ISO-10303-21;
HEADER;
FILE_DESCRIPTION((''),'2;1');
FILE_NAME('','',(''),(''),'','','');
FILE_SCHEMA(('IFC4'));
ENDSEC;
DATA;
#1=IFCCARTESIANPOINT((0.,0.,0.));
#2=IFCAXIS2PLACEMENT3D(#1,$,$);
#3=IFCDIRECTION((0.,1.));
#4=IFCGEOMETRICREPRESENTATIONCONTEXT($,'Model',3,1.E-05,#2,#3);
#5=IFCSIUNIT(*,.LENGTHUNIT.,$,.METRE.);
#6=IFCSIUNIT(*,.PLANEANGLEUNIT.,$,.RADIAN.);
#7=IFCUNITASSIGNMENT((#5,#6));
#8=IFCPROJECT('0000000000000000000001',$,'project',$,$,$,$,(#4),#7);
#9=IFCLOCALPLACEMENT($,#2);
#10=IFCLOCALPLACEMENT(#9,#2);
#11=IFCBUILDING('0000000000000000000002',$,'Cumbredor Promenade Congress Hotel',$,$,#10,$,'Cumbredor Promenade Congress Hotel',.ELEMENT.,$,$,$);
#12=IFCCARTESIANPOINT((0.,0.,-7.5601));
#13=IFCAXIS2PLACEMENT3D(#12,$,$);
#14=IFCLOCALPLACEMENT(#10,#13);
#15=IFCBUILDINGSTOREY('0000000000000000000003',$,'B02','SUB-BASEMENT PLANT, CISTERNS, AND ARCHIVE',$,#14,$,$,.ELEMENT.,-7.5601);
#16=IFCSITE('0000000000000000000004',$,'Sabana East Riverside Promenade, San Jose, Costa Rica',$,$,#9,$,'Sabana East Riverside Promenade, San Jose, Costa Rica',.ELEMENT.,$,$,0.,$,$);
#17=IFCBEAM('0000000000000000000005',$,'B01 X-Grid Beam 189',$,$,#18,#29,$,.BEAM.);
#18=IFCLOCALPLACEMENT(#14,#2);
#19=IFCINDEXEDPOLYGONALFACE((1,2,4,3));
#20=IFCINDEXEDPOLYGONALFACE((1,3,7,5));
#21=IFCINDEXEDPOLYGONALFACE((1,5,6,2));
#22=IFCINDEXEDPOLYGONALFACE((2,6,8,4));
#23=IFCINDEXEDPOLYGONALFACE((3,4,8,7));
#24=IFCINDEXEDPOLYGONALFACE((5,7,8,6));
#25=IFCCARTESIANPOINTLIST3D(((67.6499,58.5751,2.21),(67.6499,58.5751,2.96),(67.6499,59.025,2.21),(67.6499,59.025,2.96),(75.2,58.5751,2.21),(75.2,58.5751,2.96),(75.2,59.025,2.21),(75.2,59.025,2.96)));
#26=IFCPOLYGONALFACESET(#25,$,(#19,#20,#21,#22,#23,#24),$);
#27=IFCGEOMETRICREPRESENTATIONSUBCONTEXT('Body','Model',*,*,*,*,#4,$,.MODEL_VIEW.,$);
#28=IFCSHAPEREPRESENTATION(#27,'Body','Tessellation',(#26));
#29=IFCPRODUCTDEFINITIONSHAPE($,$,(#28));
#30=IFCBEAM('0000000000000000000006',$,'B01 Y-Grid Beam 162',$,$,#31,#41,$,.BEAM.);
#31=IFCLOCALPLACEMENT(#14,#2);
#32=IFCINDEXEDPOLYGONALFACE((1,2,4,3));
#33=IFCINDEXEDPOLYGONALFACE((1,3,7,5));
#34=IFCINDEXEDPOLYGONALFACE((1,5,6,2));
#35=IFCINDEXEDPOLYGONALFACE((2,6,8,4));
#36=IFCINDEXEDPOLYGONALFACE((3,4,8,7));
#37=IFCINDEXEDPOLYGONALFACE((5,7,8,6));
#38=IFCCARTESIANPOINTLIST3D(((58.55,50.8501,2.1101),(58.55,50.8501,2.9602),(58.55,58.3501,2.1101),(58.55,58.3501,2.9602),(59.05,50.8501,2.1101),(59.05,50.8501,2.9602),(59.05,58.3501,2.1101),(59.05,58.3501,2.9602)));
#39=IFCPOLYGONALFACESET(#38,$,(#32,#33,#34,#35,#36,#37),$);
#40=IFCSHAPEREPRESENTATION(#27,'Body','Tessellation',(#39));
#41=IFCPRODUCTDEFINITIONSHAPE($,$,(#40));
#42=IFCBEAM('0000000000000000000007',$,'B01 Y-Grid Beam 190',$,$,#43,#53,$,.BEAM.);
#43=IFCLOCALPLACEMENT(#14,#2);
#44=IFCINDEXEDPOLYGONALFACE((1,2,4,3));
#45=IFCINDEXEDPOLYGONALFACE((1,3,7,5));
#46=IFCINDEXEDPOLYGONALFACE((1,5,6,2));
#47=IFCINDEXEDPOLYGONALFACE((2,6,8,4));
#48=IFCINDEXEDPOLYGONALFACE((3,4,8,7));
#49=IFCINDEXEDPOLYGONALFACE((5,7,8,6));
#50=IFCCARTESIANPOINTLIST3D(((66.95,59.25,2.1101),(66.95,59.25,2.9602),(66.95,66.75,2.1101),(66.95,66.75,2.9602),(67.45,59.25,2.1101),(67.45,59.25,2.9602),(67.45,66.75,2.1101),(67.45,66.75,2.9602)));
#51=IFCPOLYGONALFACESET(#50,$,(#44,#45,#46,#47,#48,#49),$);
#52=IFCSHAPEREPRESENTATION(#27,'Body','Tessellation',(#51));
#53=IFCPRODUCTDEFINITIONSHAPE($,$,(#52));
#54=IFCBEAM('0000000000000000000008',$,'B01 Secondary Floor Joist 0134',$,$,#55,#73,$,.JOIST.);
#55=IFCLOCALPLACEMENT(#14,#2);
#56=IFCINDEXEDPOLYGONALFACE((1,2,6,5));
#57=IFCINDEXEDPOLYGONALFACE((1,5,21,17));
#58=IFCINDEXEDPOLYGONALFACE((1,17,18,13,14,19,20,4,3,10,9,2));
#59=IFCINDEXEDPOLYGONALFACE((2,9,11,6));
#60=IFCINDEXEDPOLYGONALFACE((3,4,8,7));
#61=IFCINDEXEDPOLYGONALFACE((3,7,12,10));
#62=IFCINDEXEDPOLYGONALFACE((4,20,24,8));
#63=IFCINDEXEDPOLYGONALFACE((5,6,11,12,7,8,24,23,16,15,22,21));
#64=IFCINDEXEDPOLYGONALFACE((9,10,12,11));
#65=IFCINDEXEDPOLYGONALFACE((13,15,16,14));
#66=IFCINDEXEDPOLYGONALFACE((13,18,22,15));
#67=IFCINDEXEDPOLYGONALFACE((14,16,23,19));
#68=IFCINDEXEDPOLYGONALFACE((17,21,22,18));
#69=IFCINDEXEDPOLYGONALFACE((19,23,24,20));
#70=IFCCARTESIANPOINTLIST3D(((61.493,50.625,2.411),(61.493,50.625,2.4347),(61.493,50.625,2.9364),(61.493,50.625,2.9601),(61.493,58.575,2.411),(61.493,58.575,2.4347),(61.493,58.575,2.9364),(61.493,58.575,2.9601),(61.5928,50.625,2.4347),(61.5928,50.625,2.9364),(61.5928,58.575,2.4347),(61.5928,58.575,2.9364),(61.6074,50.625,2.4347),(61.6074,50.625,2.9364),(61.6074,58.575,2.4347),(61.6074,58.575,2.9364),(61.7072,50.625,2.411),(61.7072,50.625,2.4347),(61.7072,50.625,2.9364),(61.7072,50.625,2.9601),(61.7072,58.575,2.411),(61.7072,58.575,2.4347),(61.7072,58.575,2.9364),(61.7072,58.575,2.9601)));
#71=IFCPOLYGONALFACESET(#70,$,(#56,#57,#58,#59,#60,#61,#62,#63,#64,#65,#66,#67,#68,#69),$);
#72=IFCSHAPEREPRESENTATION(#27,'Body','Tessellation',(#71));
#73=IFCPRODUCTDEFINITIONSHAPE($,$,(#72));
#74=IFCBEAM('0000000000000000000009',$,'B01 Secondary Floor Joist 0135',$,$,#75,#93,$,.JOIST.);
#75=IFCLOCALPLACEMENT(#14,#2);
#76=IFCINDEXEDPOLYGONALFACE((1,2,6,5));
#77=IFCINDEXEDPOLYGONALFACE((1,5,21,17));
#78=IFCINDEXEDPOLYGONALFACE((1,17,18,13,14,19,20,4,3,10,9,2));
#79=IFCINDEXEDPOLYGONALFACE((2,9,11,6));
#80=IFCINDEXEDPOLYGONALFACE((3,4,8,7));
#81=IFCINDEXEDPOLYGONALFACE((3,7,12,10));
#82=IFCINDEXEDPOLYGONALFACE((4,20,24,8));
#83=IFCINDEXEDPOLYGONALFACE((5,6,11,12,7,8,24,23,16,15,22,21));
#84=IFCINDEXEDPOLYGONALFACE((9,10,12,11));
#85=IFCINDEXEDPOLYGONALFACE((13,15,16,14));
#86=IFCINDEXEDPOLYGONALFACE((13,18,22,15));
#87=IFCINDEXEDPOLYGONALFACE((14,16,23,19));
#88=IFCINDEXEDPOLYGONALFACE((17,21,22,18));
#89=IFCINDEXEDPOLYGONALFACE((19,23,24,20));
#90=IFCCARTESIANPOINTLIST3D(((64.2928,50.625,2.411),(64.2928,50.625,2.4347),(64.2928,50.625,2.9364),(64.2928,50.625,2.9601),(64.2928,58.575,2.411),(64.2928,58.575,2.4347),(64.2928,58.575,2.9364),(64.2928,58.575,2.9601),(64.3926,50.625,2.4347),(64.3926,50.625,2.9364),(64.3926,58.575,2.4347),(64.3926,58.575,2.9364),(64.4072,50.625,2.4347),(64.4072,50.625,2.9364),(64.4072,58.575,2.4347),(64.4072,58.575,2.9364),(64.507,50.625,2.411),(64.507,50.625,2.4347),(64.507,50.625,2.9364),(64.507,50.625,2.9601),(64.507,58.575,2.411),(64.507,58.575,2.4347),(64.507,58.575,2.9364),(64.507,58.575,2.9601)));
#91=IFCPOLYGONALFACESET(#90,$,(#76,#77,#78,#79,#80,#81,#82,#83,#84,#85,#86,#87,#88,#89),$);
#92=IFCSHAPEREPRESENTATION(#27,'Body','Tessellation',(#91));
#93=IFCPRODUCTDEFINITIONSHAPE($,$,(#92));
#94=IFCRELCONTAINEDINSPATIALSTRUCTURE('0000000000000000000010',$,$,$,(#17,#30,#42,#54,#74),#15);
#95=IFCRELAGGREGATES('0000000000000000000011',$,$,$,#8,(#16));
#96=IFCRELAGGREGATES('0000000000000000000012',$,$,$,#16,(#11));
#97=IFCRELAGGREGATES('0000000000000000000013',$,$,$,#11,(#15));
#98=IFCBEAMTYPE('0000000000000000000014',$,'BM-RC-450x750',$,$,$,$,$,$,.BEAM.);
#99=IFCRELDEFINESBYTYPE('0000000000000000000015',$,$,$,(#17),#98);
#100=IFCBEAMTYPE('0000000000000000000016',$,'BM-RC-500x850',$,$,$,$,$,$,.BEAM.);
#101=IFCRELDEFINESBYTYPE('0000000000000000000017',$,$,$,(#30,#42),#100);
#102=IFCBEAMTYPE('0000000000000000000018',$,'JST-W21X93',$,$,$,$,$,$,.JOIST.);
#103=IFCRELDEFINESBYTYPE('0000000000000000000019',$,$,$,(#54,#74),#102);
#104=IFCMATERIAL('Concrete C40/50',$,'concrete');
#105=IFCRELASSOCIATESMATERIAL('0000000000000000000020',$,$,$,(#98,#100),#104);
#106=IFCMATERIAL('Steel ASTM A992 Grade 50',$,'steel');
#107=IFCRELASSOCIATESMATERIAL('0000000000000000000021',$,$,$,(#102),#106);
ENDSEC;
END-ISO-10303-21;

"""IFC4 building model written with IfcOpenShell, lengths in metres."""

from ifc_helpers import new_model, si_unit, direction, frame, origin, origin_2d, place, context, subcontext, project, spatial, rectangle, i_section, extrude, material, material_profile, profile_set, type_object, element, save


model = new_model("IFC4")

# Units and contexts
model_context = context("Model", 3, precision=1e-05, world=origin(), true_north=direction((0.0, 1.0)))
body_context = subcontext(model_context, "Body", "Model", "MODEL_VIEW")
ifc_project = project(units=[si_unit("LENGTHUNIT", "METRE"), si_unit("PLANEANGLEUNIT", "RADIAN")], contexts=[model_context])

# Site, building, storey
site_placement = place(None, origin())
site = spatial("IfcSite", under=ifc_project, at=site_placement, Name="Sabana East Riverside Promenade, San Jose, Costa Rica", LongName="Sabana East Riverside Promenade, San Jose, Costa Rica", CompositionType="ELEMENT", RefElevation=0.0)
building_placement = place(site_placement, origin())
building = spatial("IfcBuilding", under=site, at=building_placement, Name="Cumbredor Promenade Congress Hotel", LongName="Cumbredor Promenade Congress Hotel", CompositionType="ELEMENT")
storey_placement = place(building_placement, frame((0.0, 0.0, -7.5601)))
storey = spatial("IfcBuildingStorey", under=building, at=storey_placement, Name="B02", Description="SUB-BASEMENT PLANT, CISTERNS, AND ARCHIVE", CompositionType="ELEMENT", Elevation=-7.5601)

# Shared definitions
ifc_material_1 = material(Name="Concrete C40/50", Category="concrete")

# Beams
ifc_material_profile_1 = material_profile(ifc_material_1, rectangle(XDim=0.45, YDim=0.75, at=origin_2d()), Name="RC BEAM 450x750")
ifc_profile_set_1 = profile_set([ifc_material_profile_1], Name="Concrete C40/50")
beam_type_1 = type_object("IfcBeamType", Name="BM-RC-450x750", PredefinedType="BEAM", material=ifc_profile_set_1)
beam_1_placement = place(storey_placement, frame((67.6499, 58.8, 2.585), z_axis=(1.0, 0.0, 0.0), x_axis=(0.0, 1.0, 0.0)))
element("IfcBeam", 1, at=beam_1_placement, inside=storey, type_object=beam_type_1, Name="B01 X-Grid Beam 189", PredefinedType="BEAM", context=body_context, shape_type="SweptSolid", body=[
    extrude(rectangle(XDim=0.45, YDim=0.75, at=origin_2d()), origin(), (0.0, 0.0, 1.0), 7.55),
])
ifc_material_profile_2 = material_profile(ifc_material_1, rectangle(XDim=0.5, YDim=0.8501, at=origin_2d()), Name="RC BEAM 500x850")
ifc_profile_set_2 = profile_set([ifc_material_profile_2], Name="Concrete C40/50")
beam_type_2 = type_object("IfcBeamType", Name="BM-RC-500x850", PredefinedType="BEAM", material=ifc_profile_set_2)
for number, where, z_axis, x_axis, name in (
    (2, (58.8, 50.8501, 2.5352), (0.0, 1.0, 0.0), (-1.0, 0.0, 0.0), "B01 Y-Grid Beam 162"),
    (3, (67.2, 59.25, 2.5352), (0.0, 1.0, 0.0), (-1.0, 0.0, 0.0), "B01 Y-Grid Beam 190"),
):
    element("IfcBeam", number, at=place(storey_placement, frame(where, z_axis=z_axis, x_axis=x_axis)), inside=storey, type_object=beam_type_2, Name=name, PredefinedType="BEAM", context=body_context, shape_type="SweptSolid", body=[
        extrude(rectangle(XDim=0.5, YDim=0.8501, at=origin_2d()), origin(), (0.0, 0.0, 1.0), 7.5),
    ])
ifc_material_2 = material(Name="Steel ASTM A992 Grade 50", Category="steel")
ifc_material_profile_3 = material_profile(ifc_material_2, i_section(OverallWidth=0.2141, OverallDepth=0.5491, WebThickness=0.0146, FlangeThickness=0.0237, at=origin_2d()), Name="W21X93")
ifc_profile_set_3 = profile_set([ifc_material_profile_3], Name="Steel ASTM A992 Grade 50")
beam_type_3 = type_object("IfcBeamType", Name="JST-W21X93", PredefinedType="JOIST", material=ifc_profile_set_3)
for number, where, z_axis, x_axis, name in (
    (4, (61.6001, 50.625, 2.6855), (0.0, 1.0, 0.0), (-1.0, 0.0, 0.0), "B01 Secondary Floor Joist 0134"),
    (5, (64.3999, 50.625, 2.6855), (0.0, 1.0, 0.0), (-1.0, 0.0, 0.0), "B01 Secondary Floor Joist 0135"),
):
    element("IfcBeam", number, at=place(storey_placement, frame(where, z_axis=z_axis, x_axis=x_axis)), inside=storey, type_object=beam_type_3, Name=name, PredefinedType="JOIST", context=body_context, shape_type="SweptSolid", body=[
        extrude(i_section(OverallWidth=0.2141, OverallDepth=0.5491, WebThickness=0.0146, FlangeThickness=0.0237, at=origin_2d()), origin(), (0.0, 0.0, 1.0), 7.95),
    ])

save(model, "model.ifc")
